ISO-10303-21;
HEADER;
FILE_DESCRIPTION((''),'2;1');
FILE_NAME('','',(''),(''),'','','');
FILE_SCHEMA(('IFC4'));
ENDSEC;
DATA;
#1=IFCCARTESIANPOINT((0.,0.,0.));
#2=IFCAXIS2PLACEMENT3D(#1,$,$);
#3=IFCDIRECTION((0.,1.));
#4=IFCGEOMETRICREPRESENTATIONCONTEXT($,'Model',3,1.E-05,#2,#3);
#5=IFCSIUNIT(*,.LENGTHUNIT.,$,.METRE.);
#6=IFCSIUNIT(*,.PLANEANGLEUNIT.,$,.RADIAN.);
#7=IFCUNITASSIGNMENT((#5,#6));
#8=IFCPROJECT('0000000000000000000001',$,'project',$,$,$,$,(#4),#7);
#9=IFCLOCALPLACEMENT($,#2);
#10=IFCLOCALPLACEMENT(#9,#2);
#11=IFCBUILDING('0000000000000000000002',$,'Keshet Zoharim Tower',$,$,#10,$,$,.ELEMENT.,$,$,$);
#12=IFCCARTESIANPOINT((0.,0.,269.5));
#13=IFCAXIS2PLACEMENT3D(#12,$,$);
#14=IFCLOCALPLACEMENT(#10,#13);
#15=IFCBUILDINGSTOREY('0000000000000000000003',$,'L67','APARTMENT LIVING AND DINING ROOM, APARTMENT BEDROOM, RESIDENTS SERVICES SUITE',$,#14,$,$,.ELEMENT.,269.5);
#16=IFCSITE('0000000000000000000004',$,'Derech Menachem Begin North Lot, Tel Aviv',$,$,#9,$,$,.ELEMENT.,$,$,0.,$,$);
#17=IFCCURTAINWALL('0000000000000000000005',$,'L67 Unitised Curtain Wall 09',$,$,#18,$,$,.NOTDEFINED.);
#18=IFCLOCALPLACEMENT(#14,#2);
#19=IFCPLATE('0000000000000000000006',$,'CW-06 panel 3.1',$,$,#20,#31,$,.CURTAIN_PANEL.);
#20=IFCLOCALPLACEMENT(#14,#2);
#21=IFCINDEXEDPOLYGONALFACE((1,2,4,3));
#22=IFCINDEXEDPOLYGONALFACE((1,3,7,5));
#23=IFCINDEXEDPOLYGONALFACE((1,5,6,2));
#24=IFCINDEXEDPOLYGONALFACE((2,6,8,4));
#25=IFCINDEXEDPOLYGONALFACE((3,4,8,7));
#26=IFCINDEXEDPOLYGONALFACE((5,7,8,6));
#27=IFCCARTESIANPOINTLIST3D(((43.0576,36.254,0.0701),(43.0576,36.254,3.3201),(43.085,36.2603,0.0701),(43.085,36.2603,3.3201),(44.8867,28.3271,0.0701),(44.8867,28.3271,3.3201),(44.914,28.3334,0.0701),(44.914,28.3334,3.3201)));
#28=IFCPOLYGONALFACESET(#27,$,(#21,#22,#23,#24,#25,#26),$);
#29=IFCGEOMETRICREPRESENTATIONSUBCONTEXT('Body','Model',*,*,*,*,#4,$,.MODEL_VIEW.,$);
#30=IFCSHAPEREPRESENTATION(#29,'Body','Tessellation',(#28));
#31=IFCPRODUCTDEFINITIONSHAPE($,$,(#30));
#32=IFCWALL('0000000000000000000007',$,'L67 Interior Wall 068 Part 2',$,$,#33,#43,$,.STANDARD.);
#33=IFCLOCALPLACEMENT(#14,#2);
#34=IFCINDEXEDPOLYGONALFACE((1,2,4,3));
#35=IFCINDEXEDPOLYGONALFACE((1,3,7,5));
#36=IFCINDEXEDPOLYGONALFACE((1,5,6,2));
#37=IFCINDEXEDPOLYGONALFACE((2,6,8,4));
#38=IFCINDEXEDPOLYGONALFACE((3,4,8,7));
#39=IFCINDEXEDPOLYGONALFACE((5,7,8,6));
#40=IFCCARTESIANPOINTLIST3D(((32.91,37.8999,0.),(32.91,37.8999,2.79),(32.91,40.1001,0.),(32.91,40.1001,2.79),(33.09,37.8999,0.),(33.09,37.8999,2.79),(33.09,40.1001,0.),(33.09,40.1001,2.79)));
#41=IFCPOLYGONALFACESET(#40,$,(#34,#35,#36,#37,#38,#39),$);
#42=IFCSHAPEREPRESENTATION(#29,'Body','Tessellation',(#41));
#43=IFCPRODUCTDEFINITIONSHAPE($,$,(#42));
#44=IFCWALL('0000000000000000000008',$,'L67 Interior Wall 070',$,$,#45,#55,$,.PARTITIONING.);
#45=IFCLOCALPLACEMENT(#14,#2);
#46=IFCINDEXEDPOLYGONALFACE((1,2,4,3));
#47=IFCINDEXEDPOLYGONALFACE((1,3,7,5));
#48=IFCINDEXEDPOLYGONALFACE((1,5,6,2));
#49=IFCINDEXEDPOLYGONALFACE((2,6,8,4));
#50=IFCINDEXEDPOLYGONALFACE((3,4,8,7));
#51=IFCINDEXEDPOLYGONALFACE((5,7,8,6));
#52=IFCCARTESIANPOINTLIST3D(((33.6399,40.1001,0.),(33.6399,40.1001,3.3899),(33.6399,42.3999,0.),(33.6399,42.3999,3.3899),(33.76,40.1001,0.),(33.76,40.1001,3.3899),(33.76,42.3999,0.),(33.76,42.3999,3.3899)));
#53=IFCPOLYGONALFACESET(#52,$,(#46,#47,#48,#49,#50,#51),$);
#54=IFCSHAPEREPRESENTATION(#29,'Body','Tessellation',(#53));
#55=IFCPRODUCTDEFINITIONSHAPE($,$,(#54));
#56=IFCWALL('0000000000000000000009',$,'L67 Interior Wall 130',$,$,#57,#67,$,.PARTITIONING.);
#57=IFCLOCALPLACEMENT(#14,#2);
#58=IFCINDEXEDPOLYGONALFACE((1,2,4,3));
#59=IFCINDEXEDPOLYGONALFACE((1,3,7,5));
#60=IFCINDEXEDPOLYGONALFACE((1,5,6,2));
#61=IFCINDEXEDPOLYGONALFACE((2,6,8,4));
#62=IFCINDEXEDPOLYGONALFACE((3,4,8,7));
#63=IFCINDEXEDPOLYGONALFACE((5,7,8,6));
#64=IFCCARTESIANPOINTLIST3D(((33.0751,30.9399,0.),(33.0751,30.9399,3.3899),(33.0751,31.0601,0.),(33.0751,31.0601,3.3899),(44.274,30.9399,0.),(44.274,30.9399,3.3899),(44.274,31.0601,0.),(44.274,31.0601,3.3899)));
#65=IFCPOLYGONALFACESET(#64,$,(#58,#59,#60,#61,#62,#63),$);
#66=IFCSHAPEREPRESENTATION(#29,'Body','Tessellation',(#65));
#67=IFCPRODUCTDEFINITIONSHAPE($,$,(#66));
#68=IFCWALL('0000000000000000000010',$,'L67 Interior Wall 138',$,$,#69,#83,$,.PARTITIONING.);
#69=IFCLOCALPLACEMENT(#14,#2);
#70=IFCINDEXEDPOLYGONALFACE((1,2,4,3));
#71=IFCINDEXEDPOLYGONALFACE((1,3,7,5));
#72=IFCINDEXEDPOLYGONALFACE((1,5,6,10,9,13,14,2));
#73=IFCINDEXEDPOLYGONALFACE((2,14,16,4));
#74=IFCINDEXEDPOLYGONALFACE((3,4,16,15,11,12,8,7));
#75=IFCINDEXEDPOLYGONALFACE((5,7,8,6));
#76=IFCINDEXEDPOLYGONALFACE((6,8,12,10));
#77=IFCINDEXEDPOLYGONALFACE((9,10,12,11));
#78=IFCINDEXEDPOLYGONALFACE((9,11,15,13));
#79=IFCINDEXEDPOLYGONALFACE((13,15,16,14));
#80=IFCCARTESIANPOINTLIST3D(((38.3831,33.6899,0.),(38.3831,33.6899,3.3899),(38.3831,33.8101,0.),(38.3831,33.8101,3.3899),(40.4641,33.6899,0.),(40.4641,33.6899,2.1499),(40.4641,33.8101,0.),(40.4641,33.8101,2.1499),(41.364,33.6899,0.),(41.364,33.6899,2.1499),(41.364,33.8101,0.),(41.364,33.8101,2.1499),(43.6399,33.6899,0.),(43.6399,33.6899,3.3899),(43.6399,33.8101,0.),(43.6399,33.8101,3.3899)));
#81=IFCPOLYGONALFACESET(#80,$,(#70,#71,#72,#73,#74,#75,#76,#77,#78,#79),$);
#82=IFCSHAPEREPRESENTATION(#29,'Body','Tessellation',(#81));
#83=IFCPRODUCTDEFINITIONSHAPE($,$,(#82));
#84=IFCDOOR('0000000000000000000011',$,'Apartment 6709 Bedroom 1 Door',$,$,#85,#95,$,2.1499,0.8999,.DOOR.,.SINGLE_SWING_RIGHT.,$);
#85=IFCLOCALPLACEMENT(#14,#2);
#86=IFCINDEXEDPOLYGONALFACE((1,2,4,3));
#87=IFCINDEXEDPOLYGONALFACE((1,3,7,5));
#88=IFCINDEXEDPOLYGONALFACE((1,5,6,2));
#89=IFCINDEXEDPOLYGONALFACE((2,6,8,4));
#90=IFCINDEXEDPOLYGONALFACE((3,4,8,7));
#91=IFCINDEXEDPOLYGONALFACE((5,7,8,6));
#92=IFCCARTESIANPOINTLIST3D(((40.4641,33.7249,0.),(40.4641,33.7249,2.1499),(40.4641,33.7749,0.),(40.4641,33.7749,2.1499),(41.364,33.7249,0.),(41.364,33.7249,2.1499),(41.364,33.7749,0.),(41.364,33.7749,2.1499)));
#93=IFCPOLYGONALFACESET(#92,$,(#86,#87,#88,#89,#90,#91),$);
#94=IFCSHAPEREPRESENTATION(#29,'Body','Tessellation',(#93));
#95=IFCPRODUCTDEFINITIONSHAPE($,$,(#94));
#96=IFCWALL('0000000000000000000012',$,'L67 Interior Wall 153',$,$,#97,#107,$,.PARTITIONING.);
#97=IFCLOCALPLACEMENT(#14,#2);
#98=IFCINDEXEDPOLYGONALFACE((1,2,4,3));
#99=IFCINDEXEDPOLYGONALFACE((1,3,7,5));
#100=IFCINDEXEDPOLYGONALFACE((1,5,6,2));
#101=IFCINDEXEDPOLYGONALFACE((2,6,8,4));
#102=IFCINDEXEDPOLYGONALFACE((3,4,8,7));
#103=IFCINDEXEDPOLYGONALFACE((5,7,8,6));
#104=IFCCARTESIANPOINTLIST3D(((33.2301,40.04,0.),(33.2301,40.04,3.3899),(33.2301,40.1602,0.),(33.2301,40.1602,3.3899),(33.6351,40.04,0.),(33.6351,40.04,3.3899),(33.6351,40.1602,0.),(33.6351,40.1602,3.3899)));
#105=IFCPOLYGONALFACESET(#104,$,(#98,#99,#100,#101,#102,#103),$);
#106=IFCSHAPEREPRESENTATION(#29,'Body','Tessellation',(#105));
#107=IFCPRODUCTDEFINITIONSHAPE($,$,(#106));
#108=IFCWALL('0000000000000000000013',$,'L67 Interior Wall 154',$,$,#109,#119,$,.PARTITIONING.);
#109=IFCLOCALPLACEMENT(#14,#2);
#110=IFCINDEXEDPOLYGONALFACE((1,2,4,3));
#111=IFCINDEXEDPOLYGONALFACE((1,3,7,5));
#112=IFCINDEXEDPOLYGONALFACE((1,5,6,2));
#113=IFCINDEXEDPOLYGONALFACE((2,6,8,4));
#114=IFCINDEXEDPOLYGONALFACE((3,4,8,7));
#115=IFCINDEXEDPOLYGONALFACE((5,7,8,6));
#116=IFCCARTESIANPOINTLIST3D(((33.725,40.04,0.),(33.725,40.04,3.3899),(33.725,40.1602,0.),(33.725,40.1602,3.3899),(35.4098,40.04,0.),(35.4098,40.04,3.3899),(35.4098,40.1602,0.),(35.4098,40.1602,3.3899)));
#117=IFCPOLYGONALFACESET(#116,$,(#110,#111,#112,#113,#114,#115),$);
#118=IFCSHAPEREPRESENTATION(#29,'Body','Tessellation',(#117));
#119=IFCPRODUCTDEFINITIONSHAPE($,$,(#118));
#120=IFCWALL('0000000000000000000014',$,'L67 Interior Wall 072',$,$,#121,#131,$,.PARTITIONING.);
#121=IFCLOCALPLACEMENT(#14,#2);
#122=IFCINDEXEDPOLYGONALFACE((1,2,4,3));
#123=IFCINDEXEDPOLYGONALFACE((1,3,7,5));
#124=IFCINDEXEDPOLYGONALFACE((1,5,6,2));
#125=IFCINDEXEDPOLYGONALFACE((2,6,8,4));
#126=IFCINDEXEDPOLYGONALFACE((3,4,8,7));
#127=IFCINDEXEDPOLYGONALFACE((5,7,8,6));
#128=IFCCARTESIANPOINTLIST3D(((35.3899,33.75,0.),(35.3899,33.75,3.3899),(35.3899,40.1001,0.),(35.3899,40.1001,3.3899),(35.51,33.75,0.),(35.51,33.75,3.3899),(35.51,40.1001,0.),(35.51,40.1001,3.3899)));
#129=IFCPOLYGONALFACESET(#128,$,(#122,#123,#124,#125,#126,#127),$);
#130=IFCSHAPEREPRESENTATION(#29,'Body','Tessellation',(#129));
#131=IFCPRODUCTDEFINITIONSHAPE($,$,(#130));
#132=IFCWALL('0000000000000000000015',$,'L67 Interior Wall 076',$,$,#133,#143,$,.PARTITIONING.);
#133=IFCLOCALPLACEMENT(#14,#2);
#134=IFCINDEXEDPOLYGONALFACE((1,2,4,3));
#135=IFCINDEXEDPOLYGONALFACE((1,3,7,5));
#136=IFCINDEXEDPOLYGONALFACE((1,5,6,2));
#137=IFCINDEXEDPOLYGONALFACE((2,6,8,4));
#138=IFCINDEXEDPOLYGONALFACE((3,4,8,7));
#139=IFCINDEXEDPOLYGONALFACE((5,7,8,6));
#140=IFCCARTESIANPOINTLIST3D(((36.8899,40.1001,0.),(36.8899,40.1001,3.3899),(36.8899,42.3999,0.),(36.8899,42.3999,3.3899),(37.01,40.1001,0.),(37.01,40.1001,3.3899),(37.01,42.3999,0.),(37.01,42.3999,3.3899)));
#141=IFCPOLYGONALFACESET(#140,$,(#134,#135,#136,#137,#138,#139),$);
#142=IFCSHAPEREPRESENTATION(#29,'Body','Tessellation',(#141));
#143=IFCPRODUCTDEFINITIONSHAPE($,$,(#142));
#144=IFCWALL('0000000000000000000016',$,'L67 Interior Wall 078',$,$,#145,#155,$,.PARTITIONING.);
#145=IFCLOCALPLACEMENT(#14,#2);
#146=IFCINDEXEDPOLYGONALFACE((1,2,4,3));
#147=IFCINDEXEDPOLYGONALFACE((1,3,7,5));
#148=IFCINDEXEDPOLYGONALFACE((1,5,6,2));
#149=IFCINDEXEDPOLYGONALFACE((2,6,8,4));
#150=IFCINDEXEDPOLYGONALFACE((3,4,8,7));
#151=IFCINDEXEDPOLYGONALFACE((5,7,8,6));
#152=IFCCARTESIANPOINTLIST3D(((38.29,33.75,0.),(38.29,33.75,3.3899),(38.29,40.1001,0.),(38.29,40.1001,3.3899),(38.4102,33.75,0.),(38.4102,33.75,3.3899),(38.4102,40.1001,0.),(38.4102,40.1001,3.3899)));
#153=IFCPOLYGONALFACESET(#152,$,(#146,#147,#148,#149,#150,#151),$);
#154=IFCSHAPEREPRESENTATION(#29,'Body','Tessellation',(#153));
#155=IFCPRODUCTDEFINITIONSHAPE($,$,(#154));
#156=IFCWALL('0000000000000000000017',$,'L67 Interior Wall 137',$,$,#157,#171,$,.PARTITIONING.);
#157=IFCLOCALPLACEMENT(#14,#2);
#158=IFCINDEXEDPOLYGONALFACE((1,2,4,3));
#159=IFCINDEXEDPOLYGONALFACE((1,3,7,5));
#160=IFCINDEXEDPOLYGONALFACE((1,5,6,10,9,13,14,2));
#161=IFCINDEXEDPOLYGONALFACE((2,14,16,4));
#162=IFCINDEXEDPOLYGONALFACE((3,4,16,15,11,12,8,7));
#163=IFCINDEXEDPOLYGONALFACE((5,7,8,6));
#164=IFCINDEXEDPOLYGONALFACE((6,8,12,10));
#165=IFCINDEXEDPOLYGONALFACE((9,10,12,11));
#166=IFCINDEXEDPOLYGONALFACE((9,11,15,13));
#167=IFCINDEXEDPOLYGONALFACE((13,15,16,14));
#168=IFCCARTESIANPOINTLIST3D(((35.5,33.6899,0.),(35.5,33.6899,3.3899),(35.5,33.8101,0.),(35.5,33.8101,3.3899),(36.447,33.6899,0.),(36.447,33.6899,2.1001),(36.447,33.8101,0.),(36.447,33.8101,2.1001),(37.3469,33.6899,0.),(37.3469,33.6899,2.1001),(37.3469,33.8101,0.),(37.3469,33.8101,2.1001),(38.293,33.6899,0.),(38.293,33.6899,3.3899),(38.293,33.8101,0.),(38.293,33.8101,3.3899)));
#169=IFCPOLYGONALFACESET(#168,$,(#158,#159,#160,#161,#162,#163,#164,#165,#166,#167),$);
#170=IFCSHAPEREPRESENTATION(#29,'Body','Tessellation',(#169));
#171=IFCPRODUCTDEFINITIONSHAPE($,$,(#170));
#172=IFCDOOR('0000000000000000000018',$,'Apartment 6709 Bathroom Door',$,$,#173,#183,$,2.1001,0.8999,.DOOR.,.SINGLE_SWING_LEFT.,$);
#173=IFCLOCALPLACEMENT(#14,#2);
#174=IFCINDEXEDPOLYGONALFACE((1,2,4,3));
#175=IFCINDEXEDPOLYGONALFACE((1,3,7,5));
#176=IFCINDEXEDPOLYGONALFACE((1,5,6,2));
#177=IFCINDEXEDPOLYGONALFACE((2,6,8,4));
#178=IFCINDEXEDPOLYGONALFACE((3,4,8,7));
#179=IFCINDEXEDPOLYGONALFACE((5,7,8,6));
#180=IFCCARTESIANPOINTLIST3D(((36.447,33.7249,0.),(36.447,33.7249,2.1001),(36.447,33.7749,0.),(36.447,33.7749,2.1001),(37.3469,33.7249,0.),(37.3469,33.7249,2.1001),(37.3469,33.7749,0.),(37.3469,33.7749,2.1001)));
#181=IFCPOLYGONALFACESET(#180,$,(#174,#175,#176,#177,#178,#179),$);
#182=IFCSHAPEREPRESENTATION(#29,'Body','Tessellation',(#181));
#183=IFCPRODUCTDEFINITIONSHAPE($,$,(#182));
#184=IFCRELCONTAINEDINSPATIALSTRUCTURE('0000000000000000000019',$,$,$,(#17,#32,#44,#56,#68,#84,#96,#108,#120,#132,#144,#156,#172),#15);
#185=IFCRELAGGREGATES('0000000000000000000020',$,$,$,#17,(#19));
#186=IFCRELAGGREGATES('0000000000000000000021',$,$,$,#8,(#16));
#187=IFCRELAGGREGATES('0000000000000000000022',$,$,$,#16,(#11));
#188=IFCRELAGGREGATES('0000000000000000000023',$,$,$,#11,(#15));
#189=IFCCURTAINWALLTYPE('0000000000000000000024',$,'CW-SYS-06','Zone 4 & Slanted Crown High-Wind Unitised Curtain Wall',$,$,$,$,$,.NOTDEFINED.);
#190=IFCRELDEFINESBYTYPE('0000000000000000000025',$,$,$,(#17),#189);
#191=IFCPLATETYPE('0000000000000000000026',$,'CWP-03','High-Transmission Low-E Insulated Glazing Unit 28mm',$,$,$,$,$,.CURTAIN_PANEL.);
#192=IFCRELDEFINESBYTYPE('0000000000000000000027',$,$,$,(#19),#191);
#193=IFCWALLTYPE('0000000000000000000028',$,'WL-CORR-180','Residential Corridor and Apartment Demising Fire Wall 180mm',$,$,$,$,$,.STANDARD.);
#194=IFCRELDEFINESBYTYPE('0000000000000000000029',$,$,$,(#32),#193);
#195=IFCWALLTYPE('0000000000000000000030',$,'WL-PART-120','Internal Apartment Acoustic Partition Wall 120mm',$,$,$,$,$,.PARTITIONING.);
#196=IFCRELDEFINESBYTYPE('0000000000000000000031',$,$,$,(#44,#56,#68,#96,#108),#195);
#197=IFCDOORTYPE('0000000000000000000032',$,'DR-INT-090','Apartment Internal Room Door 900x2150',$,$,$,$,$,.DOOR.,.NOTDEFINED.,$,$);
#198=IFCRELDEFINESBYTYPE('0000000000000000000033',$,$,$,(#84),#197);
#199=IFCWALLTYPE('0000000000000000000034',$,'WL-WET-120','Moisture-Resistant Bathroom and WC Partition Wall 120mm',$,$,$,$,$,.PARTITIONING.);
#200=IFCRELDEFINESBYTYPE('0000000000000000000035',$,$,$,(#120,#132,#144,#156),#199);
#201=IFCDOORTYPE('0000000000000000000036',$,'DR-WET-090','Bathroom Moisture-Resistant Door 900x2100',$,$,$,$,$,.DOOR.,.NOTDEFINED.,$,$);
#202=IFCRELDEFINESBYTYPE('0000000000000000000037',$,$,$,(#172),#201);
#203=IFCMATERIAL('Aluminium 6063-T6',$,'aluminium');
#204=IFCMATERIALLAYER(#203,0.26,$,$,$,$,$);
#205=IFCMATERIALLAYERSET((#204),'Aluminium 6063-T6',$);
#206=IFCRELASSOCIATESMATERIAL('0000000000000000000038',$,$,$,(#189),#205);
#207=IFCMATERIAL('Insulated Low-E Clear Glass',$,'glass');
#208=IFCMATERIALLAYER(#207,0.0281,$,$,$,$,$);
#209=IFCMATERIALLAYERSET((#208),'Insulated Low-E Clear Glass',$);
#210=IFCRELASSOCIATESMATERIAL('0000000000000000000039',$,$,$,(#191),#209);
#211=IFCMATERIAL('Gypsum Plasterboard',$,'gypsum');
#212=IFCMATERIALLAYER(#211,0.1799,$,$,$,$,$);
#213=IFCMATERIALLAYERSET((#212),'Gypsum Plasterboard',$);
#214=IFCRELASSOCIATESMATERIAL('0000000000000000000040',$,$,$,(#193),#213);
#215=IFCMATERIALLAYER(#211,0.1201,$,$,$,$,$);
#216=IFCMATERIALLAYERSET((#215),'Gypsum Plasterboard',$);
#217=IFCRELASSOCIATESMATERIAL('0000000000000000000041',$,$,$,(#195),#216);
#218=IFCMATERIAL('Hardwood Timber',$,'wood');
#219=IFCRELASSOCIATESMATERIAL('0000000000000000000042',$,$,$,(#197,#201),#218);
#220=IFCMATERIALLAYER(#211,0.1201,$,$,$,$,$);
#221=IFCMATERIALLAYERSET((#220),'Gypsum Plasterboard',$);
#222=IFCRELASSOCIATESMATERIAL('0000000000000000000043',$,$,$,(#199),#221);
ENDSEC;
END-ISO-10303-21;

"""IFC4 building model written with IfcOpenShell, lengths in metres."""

from ifc_helpers import new_model, si_unit, direction, frame, frame_2d, origin, origin_2d, place, context, subcontext, project, spatial, rectangle, extrude, material, layer, layer_set, type_object, element, fill, aggregate, save


model = new_model("IFC4")

# Units and contexts
model_context = context("Model", 3, precision=1e-05, world=origin(), true_north=direction((0.0, 1.0)))
body_context = subcontext(model_context, "Body", "Model", "MODEL_VIEW")
ifc_project = project(units=[si_unit("LENGTHUNIT", "METRE"), si_unit("PLANEANGLEUNIT", "RADIAN")], contexts=[model_context])

# Site, building, storey
site_placement = place(None, origin())
site = spatial("IfcSite", under=ifc_project, at=site_placement, Name="Derech Menachem Begin North Lot, Tel Aviv", CompositionType="ELEMENT", RefElevation=0.0)
building_placement = place(site_placement, origin())
building = spatial("IfcBuilding", under=site, at=building_placement, Name="Keshet Zoharim Tower", CompositionType="ELEMENT")
storey_placement = place(building_placement, frame((0.0, 0.0, 269.5)))
storey = spatial("IfcBuildingStorey", under=building, at=storey_placement, Name="L67", Description="APARTMENT LIVING AND DINING ROOM, APARTMENT BEDROOM, RESIDENTS SERVICES SUITE", CompositionType="ELEMENT", Elevation=269.5)

# Curtain wall
ifc_material_1 = material(Name="Aluminium 6063-T6", Category="aluminium")
ifc_layer_1 = layer(ifc_material_1, 0.26)
ifc_layer_set_1 = layer_set([ifc_layer_1], Name="Aluminium 6063-T6")
curtain_wall_type = type_object("IfcCurtainWallType", Name="CW-SYS-06", Description="Zone 4 & Slanted Crown High-Wind Unitised Curtain Wall", PredefinedType="NOTDEFINED", material=ifc_layer_set_1)
curtain_wall_1_placement = place(storey_placement, origin())
curtain_wall_1 = element("IfcCurtainWall", 1, at=curtain_wall_1_placement, inside=storey, type_object=curtain_wall_type, Name="L67 Unitised Curtain Wall 09", PredefinedType="NOTDEFINED")

# Plate
ifc_material_2 = material(Name="Insulated Low-E Clear Glass", Category="glass")
ifc_layer_2 = layer(ifc_material_2, 0.0281)
ifc_layer_set_2 = layer_set([ifc_layer_2], Name="Insulated Low-E Clear Glass")
plate_type = type_object("IfcPlateType", Name="CWP-03", Description="High-Transmission Low-E Insulated Glazing Unit 28mm", PredefinedType="CURTAIN_PANEL", material=ifc_layer_set_2)
plate_placement = place(storey_placement, frame((43.9858, 32.2937, 0.0701), z_axis=(0.0, 0.0, 1.0), x_axis=(0.22483, -0.974398, 0.0)))
plate = element("IfcPlate", 2, at=plate_placement, type_object=plate_type, Name="CW-06 panel 3.1", PredefinedType="CURTAIN_PANEL", context=body_context, shape_type="SweptSolid", body=[
    extrude(rectangle(XDim=8.1353, YDim=0.0281, at=origin_2d()), origin(), (0.0, 0.0, 1.0), 3.25),
])
aggregate(curtain_wall_1, [plate])

# Walls
ifc_material_3 = material(Name="Gypsum Plasterboard", Category="gypsum")
ifc_layer_3 = layer(ifc_material_3, 0.1799)
ifc_layer_set_3 = layer_set([ifc_layer_3], Name="Gypsum Plasterboard")
wall_type_1 = type_object("IfcWallType", Name="WL-CORR-180", Description="Residential Corridor and Apartment Demising Fire Wall 180mm", PredefinedType="STANDARD", material=ifc_layer_set_3)
wall_1_placement = place(storey_placement, frame((33.0, 37.8999, 0.0), z_axis=(0.0, 0.0, 1.0), x_axis=(0.0, 1.0, 0.0)))
element("IfcWall", 3, at=wall_1_placement, inside=storey, type_object=wall_type_1, Name="L67 Interior Wall 068 Part 2", PredefinedType="STANDARD", context=body_context, shape_type="SweptSolid", body=[
    extrude(rectangle(XDim=2.2002, YDim=0.1799, at=frame_2d((1.1001, 0.0))), origin(), (0.0, 0.0, 1.0), 2.79),
])
ifc_layer_4 = layer(ifc_material_3, 0.1201)
ifc_layer_set_4 = layer_set([ifc_layer_4], Name="Gypsum Plasterboard")
wall_type_2 = type_object("IfcWallType", Name="WL-PART-120", Description="Internal Apartment Acoustic Partition Wall 120mm", PredefinedType="PARTITIONING", material=ifc_layer_set_4)
wall_2_placement = place(storey_placement, frame((33.7, 40.1001, 0.0), z_axis=(0.0, 0.0, 1.0), x_axis=(0.0, 1.0, 0.0)))
element("IfcWall", 4, at=wall_2_placement, inside=storey, type_object=wall_type_2, Name="L67 Interior Wall 070", PredefinedType="PARTITIONING", context=body_context, shape_type="SweptSolid", body=[
    extrude(rectangle(XDim=2.2998, YDim=0.1201, at=frame_2d((1.1499, 0.0))), origin(), (0.0, 0.0, 1.0), 3.3899),
])
wall_3_placement = place(storey_placement, frame((33.075, 31.0, 0.0), z_axis=(0.0, 0.0, 1.0), x_axis=(1.0, 0.0, 0.0)))
element("IfcWall", 5, at=wall_3_placement, inside=storey, type_object=wall_type_2, Name="L67 Interior Wall 130", PredefinedType="PARTITIONING", context=body_context, shape_type="SweptSolid", body=[
    extrude(rectangle(XDim=11.199, YDim=0.1201, at=frame_2d((5.5996, 0.0))), origin(), (0.0, 0.0, 1.0), 3.3899),
])

# Wall, opening, door
ifc_material_4 = material(Name="Hardwood Timber", Category="wood")
door_type_1 = type_object("IfcDoorType", Name="DR-INT-090", Description="Apartment Internal Room Door 900x2150", OperationType="NOTDEFINED", PredefinedType="DOOR", material=ifc_material_4)
wall_4_placement = place(storey_placement, frame((38.3831, 33.75, 0.0), z_axis=(0.0, 0.0, 1.0), x_axis=(1.0, 0.0, 0.0)))
wall_4 = element("IfcWall", 6, at=wall_4_placement, inside=storey, type_object=wall_type_2, Name="L67 Interior Wall 138", PredefinedType="PARTITIONING", context=body_context, shape_type="SweptSolid", body=[
    extrude(rectangle(XDim=5.2568, YDim=0.1201, at=frame_2d((2.6284, 0.0))), origin(), (0.0, 0.0, 1.0), 3.3899),
])
opening_1_placement = place(wall_4_placement, frame((2.0811, 0.0, 0.0)))
opening_1 = element("IfcOpeningElement", 7, at=opening_1_placement, cuts=wall_4, PredefinedType="OPENING", context=body_context, shape_type="SweptSolid", body=[
    extrude(rectangle(XDim=0.8999, YDim=2.1499, at=frame_2d((0.45, 1.075))), frame((0.0, 0.0701, 0.0), z_axis=(0.0, -1.0, 0.0), x_axis=(1.0, 0.0, 0.0)), (0.0, 0.0, 1.0), 0.1401),
])
door_1_placement = place(opening_1_placement, origin())
door_1 = element("IfcDoor", 8, at=door_1_placement, inside=storey, type_object=door_type_1, Name="Apartment 6709 Bedroom 1 Door", OperationType="SINGLE_SWING_RIGHT", OverallHeight=2.1499, OverallWidth=0.8999, PredefinedType="DOOR", context=body_context, shape_type="SweptSolid", body=[
    extrude(rectangle(XDim=0.8999, YDim=2.1499, at=frame_2d((0.45, 1.075))), frame((0.0, 0.0249, 0.0), z_axis=(0.0, -1.0, 0.0), x_axis=(1.0, 0.0, 0.0)), (0.0, 0.0, 1.0), 0.05),
])
fill(opening_1, door_1)

# Walls
wall_5_placement = place(storey_placement, frame((33.23, 40.1001, 0.0), z_axis=(0.0, 0.0, 1.0), x_axis=(1.0, 0.0, 0.0)))
element("IfcWall", 9, at=wall_5_placement, inside=storey, type_object=wall_type_2, Name="L67 Interior Wall 153", PredefinedType="PARTITIONING", context=body_context, shape_type="SweptSolid", body=[
    extrude(rectangle(XDim=0.405, YDim=0.1201, at=frame_2d((0.2026, 0.0))), origin(), (0.0, 0.0, 1.0), 3.3899),
])
wall_6_placement = place(storey_placement, frame((33.7251, 40.1001, 0.0), z_axis=(0.0, 0.0, 1.0), x_axis=(1.0, 0.0, 0.0)))
element("IfcWall", 10, at=wall_6_placement, inside=storey, type_object=wall_type_2, Name="L67 Interior Wall 154", PredefinedType="PARTITIONING", context=body_context, shape_type="SweptSolid", body=[
    extrude(rectangle(XDim=1.6848, YDim=0.1201, at=frame_2d((0.8423, 0.0))), origin(), (0.0, 0.0, 1.0), 3.3899),
])
ifc_layer_5 = layer(ifc_material_3, 0.1201)
ifc_layer_set_5 = layer_set([ifc_layer_5], Name="Gypsum Plasterboard")
wall_type_3 = type_object("IfcWallType", Name="WL-WET-120", Description="Moisture-Resistant Bathroom and WC Partition Wall 120mm", PredefinedType="PARTITIONING", material=ifc_layer_set_5)
wall_7_placement = place(storey_placement, frame((35.45, 33.75, 0.0), z_axis=(0.0, 0.0, 1.0), x_axis=(0.0, 1.0, 0.0)))
element("IfcWall", 11, at=wall_7_placement, inside=storey, type_object=wall_type_3, Name="L67 Interior Wall 072", PredefinedType="PARTITIONING", context=body_context, shape_type="SweptSolid", body=[
    extrude(rectangle(XDim=6.3501, YDim=0.1201, at=frame_2d((3.175, 0.0))), origin(), (0.0, 0.0, 1.0), 3.3899),
])
wall_8_placement = place(storey_placement, frame((36.95, 40.1001, 0.0), z_axis=(0.0, 0.0, 1.0), x_axis=(0.0, 1.0, 0.0)))
element("IfcWall", 12, at=wall_8_placement, inside=storey, type_object=wall_type_3, Name="L67 Interior Wall 076", PredefinedType="PARTITIONING", context=body_context, shape_type="SweptSolid", body=[
    extrude(rectangle(XDim=2.2998, YDim=0.1201, at=frame_2d((1.1499, 0.0))), origin(), (0.0, 0.0, 1.0), 3.3899),
])
wall_9_placement = place(storey_placement, frame((38.3501, 33.75, 0.0), z_axis=(0.0, 0.0, 1.0), x_axis=(0.0, 1.0, 0.0)))
element("IfcWall", 13, at=wall_9_placement, inside=storey, type_object=wall_type_3, Name="L67 Interior Wall 078", PredefinedType="PARTITIONING", context=body_context, shape_type="SweptSolid", body=[
    extrude(rectangle(XDim=6.3501, YDim=0.1201, at=frame_2d((3.175, 0.0))), origin(), (0.0, 0.0, 1.0), 3.3899),
])

# Wall, opening, door
wall_10_placement = place(storey_placement, frame((35.5, 33.75, 0.0), z_axis=(0.0, 0.0, 1.0), x_axis=(1.0, 0.0, 0.0)))
wall_10 = element("IfcWall", 14, at=wall_10_placement, inside=storey, type_object=wall_type_3, Name="L67 Interior Wall 137", PredefinedType="PARTITIONING", context=body_context, shape_type="SweptSolid", body=[
    extrude(rectangle(XDim=2.793, YDim=0.1201, at=frame_2d((1.3965, 0.0))), origin(), (0.0, 0.0, 1.0), 3.3899),
])
opening_2_placement = place(wall_10_placement, frame((0.947, 0.0, 0.0)))
opening_2 = element("IfcOpeningElement", 15, at=opening_2_placement, cuts=wall_10, PredefinedType="OPENING", context=body_context, shape_type="SweptSolid", body=[
    extrude(rectangle(XDim=0.8999, YDim=2.1001, at=frame_2d((0.45, 1.05))), frame((0.0, 0.0701, 0.0), z_axis=(0.0, -1.0, 0.0), x_axis=(1.0, 0.0, 0.0)), (0.0, 0.0, 1.0), 0.1401),
])
door_type_2 = type_object("IfcDoorType", Name="DR-WET-090", Description="Bathroom Moisture-Resistant Door 900x2100", OperationType="NOTDEFINED", PredefinedType="DOOR", material=ifc_material_4)
door_2_placement = place(opening_2_placement, origin())
door_2 = element("IfcDoor", 16, at=door_2_placement, inside=storey, type_object=door_type_2, Name="Apartment 6709 Bathroom Door", OperationType="SINGLE_SWING_LEFT", OverallHeight=2.1001, OverallWidth=0.8999, PredefinedType="DOOR", context=body_context, shape_type="SweptSolid", body=[
    extrude(rectangle(XDim=0.8999, YDim=2.1001, at=frame_2d((0.45, 1.05))), frame((0.0, 0.0249, 0.0), z_axis=(0.0, -1.0, 0.0), x_axis=(1.0, 0.0, 0.0)), (0.0, 0.0, 1.0), 0.05),
])
fill(opening_2, door_2)

save(model, "model.ifc")
